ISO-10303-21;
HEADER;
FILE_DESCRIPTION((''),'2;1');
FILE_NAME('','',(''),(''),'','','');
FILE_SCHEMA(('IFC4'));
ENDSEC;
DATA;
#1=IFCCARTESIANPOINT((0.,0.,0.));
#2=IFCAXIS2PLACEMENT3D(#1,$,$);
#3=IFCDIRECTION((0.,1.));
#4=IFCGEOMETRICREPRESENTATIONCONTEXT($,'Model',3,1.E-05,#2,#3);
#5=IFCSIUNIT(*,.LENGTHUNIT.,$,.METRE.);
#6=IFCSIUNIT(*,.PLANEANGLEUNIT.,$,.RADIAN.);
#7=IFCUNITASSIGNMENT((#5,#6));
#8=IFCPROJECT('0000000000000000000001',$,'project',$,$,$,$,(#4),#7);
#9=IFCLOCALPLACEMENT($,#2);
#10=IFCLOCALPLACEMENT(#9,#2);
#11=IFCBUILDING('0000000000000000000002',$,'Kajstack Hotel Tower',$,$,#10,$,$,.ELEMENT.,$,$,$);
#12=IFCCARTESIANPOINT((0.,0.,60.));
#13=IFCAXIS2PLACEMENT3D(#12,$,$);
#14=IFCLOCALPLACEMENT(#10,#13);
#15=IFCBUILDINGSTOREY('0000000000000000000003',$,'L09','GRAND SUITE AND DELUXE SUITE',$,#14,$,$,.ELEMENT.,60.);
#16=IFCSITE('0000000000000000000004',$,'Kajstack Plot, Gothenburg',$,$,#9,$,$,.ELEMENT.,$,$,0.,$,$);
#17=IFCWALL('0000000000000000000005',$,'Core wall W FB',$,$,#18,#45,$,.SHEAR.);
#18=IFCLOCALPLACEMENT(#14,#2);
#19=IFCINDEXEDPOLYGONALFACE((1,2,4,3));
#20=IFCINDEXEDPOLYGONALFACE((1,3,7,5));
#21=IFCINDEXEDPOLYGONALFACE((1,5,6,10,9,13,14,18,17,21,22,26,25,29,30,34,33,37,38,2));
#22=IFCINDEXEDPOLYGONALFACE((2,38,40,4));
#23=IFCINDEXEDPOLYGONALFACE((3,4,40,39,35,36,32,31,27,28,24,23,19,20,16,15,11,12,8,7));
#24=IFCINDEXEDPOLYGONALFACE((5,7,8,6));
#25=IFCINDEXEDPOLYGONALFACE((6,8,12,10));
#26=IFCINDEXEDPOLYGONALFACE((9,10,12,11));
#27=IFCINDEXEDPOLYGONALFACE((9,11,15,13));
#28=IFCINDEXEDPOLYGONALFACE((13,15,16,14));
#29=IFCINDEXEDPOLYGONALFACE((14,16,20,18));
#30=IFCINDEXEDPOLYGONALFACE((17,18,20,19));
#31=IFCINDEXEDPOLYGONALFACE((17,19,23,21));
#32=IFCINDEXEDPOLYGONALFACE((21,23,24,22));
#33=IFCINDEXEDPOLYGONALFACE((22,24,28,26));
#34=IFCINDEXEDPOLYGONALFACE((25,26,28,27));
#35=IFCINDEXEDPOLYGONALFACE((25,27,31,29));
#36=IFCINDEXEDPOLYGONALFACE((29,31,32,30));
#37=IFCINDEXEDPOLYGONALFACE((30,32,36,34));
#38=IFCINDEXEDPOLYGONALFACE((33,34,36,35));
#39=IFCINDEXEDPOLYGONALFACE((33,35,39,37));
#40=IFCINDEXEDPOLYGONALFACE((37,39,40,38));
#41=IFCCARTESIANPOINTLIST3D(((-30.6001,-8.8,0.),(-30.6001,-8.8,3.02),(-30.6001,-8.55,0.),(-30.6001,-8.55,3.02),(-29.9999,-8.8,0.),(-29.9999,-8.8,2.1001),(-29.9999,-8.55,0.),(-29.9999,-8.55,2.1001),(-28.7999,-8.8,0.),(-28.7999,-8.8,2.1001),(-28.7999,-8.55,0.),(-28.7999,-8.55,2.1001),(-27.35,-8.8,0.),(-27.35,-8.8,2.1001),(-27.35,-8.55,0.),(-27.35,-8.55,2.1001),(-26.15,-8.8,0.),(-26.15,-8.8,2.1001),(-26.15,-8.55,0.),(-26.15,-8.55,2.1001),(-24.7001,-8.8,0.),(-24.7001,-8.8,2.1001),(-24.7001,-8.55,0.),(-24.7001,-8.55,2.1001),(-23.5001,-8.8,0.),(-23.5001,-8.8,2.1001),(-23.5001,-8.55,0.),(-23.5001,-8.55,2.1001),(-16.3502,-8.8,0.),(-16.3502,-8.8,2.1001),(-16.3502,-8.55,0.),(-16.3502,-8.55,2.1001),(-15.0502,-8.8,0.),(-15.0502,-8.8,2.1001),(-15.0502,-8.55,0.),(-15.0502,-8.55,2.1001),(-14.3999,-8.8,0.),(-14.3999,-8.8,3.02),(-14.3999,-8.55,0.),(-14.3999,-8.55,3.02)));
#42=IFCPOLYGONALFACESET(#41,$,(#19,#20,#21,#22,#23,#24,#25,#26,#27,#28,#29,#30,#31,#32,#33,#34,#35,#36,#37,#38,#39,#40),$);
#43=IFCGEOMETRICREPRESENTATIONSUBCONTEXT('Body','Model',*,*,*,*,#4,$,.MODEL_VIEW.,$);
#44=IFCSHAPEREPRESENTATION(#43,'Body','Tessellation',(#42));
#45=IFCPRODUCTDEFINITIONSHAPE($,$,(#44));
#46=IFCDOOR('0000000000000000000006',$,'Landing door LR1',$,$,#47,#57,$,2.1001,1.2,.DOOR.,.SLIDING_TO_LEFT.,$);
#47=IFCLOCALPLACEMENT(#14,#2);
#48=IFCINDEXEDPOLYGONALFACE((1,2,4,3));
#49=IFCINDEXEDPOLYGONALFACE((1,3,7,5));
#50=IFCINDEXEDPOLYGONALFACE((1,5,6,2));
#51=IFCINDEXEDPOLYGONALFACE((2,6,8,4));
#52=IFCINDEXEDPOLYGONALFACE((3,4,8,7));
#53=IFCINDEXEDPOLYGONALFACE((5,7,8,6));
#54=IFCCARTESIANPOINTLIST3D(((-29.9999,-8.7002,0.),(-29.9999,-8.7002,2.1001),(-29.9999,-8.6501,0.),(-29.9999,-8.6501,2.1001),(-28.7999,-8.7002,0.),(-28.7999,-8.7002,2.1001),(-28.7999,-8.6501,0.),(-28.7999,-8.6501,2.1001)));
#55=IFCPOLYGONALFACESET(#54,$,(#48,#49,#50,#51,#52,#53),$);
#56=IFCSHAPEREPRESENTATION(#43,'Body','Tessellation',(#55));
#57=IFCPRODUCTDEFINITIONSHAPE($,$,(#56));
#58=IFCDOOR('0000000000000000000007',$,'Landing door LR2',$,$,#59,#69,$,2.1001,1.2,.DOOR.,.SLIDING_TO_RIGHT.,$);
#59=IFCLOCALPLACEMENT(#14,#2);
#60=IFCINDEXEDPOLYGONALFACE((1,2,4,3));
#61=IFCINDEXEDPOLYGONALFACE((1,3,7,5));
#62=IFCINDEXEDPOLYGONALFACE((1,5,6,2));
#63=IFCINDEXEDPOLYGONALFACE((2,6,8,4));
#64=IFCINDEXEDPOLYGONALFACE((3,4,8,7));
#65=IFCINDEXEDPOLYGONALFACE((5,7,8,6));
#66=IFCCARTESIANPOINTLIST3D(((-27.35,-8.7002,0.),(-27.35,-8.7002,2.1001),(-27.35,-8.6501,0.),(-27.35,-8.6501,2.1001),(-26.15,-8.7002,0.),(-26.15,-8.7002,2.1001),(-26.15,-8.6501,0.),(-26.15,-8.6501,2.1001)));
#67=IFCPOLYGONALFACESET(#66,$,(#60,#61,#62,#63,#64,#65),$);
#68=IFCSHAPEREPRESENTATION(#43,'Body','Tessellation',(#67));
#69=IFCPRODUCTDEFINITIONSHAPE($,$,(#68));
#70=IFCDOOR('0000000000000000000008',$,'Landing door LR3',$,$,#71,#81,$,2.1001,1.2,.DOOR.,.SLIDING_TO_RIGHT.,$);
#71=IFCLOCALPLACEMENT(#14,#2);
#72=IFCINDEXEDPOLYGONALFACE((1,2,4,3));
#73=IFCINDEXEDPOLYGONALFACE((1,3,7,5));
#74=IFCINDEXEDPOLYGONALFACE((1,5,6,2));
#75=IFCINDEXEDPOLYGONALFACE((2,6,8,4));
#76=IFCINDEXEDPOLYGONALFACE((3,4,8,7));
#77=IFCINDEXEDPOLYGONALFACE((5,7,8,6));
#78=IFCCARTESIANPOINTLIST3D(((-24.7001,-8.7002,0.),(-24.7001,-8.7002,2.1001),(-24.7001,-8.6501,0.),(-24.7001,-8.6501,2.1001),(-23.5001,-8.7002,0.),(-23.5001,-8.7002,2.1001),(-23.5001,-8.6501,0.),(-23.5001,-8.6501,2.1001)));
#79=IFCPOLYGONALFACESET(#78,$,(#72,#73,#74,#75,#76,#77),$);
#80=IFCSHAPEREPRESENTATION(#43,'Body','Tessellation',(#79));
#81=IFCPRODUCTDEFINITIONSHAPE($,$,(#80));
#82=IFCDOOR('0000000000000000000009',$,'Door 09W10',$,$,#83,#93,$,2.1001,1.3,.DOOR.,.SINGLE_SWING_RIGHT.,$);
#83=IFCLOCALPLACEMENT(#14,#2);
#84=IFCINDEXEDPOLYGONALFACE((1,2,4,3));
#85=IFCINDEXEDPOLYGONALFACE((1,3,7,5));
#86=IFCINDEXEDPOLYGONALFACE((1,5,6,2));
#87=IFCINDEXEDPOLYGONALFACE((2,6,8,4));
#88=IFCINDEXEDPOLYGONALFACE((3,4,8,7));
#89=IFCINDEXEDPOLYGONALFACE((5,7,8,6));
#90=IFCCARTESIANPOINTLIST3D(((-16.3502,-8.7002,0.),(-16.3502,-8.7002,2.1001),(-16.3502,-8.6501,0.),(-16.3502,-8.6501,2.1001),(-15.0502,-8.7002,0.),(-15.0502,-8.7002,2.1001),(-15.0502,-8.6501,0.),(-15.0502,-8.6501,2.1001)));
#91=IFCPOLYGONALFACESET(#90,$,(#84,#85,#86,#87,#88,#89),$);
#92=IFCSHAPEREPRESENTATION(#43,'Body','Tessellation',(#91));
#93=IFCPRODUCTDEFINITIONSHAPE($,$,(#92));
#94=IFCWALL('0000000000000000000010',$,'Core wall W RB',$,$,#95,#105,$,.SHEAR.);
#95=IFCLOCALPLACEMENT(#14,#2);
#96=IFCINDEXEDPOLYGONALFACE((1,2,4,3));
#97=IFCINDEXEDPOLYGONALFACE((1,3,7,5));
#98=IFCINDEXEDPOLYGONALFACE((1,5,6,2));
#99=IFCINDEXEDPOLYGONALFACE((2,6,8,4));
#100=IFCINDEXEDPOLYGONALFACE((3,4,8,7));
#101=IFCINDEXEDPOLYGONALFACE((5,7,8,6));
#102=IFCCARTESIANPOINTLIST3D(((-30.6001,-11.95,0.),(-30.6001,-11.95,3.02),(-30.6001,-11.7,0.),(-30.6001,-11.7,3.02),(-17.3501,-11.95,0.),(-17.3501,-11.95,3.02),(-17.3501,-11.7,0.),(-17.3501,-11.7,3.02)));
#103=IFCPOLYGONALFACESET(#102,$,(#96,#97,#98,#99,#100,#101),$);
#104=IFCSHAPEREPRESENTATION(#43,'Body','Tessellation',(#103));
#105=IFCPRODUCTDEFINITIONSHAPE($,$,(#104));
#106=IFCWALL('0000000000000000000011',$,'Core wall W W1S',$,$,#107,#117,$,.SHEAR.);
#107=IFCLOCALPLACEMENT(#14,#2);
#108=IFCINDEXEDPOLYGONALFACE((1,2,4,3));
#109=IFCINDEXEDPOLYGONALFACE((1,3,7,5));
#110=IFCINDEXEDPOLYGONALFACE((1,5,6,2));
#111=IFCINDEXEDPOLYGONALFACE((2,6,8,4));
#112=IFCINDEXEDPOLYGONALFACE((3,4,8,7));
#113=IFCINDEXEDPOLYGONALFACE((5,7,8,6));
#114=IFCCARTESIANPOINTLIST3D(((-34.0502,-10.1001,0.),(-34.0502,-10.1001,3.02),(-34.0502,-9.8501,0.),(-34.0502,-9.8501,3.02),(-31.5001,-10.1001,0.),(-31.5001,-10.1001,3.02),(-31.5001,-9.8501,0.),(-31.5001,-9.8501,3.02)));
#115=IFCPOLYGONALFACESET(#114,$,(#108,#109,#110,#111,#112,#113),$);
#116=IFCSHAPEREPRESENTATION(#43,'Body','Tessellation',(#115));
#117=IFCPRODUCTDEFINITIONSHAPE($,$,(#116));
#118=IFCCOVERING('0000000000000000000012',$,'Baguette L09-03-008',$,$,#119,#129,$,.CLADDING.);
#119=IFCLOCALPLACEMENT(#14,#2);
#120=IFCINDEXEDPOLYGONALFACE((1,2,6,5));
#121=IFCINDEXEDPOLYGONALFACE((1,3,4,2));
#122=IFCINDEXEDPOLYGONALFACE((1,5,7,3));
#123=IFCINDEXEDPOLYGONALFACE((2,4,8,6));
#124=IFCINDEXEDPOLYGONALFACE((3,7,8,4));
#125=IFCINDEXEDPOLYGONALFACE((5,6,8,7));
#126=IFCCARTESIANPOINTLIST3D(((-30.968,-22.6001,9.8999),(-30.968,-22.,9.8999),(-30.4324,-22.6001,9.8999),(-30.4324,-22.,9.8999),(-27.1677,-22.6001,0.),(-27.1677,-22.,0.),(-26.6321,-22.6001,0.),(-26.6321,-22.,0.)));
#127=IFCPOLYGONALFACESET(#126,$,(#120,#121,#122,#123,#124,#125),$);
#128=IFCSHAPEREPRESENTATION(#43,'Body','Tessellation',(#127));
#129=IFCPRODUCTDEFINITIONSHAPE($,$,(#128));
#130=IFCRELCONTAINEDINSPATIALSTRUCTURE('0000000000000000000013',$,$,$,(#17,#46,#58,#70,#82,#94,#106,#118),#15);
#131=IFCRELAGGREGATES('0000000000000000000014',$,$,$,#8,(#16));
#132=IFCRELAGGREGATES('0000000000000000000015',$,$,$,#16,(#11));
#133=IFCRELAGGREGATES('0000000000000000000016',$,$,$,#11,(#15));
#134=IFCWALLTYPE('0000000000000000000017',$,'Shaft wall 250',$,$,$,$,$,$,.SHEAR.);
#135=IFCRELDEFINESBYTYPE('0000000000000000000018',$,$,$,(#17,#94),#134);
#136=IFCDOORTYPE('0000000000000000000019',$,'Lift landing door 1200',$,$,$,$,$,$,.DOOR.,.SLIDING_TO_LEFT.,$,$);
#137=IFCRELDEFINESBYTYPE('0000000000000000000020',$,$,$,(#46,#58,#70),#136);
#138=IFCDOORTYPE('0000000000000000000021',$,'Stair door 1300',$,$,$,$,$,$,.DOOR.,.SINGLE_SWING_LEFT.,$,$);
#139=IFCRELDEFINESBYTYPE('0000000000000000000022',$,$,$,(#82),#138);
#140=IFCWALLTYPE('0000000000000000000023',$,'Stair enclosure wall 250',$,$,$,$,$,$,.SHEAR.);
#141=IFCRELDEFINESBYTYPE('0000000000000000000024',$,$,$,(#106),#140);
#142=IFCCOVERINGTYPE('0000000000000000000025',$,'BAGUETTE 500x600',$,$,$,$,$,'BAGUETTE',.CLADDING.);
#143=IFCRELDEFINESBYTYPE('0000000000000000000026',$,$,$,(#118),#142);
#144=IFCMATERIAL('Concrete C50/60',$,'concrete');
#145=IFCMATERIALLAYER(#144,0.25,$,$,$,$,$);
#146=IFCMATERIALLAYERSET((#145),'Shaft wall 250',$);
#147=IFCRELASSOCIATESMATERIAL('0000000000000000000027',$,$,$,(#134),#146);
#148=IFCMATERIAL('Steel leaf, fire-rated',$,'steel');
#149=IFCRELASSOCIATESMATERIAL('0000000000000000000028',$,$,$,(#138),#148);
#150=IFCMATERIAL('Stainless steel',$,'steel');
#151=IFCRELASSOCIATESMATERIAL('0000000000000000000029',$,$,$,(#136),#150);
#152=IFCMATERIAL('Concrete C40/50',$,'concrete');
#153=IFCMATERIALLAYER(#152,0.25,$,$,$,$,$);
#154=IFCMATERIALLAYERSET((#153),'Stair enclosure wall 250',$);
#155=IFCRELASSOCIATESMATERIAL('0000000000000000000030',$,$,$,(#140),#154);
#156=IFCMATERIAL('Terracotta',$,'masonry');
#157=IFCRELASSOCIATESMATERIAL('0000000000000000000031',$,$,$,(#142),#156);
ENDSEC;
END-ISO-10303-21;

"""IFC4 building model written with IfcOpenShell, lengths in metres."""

from ifc_helpers import new_model, si_unit, direction, frame, frame_2d, origin, origin_2d, place, context, subcontext, project, spatial, polyline, rectangle, outline, extrude, material, layer, layer_set, material_profile, profile_set, type_object, element, fill, save


model = new_model("IFC4")

# Units and contexts
model_context = context("Model", 3, precision=1e-05, world=origin(), true_north=direction((0.0, 1.0)))
body_context = subcontext(model_context, "Body", "Model", "MODEL_VIEW")
ifc_project = project(units=[si_unit("LENGTHUNIT", "METRE"), si_unit("PLANEANGLEUNIT", "RADIAN")], contexts=[model_context])

# Site, building, storey
site_placement = place(None, origin())
site = spatial("IfcSite", under=ifc_project, at=site_placement, Name="Kajstack Plot, Gothenburg", CompositionType="ELEMENT", RefElevation=0.0)
building_placement = place(site_placement, origin())
building = spatial("IfcBuilding", under=site, at=building_placement, Name="Kajstack Hotel Tower", CompositionType="ELEMENT")
storey_placement = place(building_placement, frame((0.0, 0.0, 60.0)))
storey = spatial("IfcBuildingStorey", under=building, at=storey_placement, Name="L09", Description="GRAND SUITE AND DELUXE SUITE", CompositionType="ELEMENT", Elevation=60.0)

# Shared definitions
ifc_material_1 = material(Name="Stainless steel", Category="steel")

# Shared definitions
ifc_material_2 = material(Name="Concrete C40/50", Category="concrete")

# Shared definitions
ifc_material_3 = material(Name="Concrete C50/60", Category="concrete")
ifc_layer_1 = layer(ifc_material_3, 0.25)
ifc_layer_set_1 = layer_set([ifc_layer_1], Name="Shaft wall 250")
wall_type_1 = type_object("IfcWallType", Name="Shaft wall 250", PredefinedType="SHEAR", material=ifc_layer_set_1)
ifc_material_4 = material(Name="Steel leaf, fire-rated", Category="steel")
door_type_1 = type_object("IfcDoorType", Name="Stair door 1300", OperationType="SINGLE_SWING_LEFT", PredefinedType="DOOR", material=ifc_material_4)

# Wall, openings, doors
wall_1_placement = place(storey_placement, frame((-30.6001, -8.675, 0.0), z_axis=(0.0, 0.0, 1.0), x_axis=(1.0, 0.0, 0.0)))
wall_1 = element("IfcWall", 1, at=wall_1_placement, inside=storey, type_object=wall_type_1, Name="Core wall W FB", PredefinedType="SHEAR", context=body_context, shape_type="SweptSolid", body=[
    extrude(rectangle(XDim=16.2002, YDim=0.25, at=frame_2d((8.1001, 0.0))), origin(), (0.0, 0.0, 1.0), 3.02),
])
opening_1_placement = place(wall_1_placement, frame((0.6001, 0.0, 0.0)))
opening_1 = element("IfcOpeningElement", 2, at=opening_1_placement, cuts=wall_1, PredefinedType="OPENING", context=body_context, shape_type="SweptSolid", body=[
    extrude(rectangle(XDim=1.2, YDim=2.1001, at=frame_2d((0.6001, 1.05))), frame((0.0, 0.135, 0.0), z_axis=(0.0, -1.0, 0.0), x_axis=(1.0, 0.0, 0.0)), (0.0, 0.0, 1.0), 0.27),
])
opening_2_placement = place(wall_1_placement, frame((3.25, 0.0, 0.0)))
opening_2 = element("IfcOpeningElement", 3, at=opening_2_placement, cuts=wall_1, PredefinedType="OPENING", context=body_context, shape_type="SweptSolid", body=[
    extrude(rectangle(XDim=1.2, YDim=2.1001, at=frame_2d((0.6001, 1.05))), frame((0.0, 0.135, 0.0), z_axis=(0.0, -1.0, 0.0), x_axis=(1.0, 0.0, 0.0)), (0.0, 0.0, 1.0), 0.27),
])
opening_3_placement = place(wall_1_placement, frame((5.8999, 0.0, 0.0)))
opening_3 = element("IfcOpeningElement", 4, at=opening_3_placement, cuts=wall_1, PredefinedType="OPENING", context=body_context, shape_type="SweptSolid", body=[
    extrude(rectangle(XDim=1.2, YDim=2.1001, at=frame_2d((0.6001, 1.05))), frame((0.0, 0.135, 0.0), z_axis=(0.0, -1.0, 0.0), x_axis=(1.0, 0.0, 0.0)), (0.0, 0.0, 1.0), 0.27),
])
opening_4_placement = place(wall_1_placement, frame((14.25, 0.0, 0.0)))
opening_4 = element("IfcOpeningElement", 5, at=opening_4_placement, cuts=wall_1, PredefinedType="OPENING", context=body_context, shape_type="SweptSolid", body=[
    extrude(rectangle(XDim=1.3, YDim=2.1001, at=frame_2d((0.6499, 1.05))), frame((0.0, 0.135, 0.0), z_axis=(0.0, -1.0, 0.0), x_axis=(1.0, 0.0, 0.0)), (0.0, 0.0, 1.0), 0.27),
])
door_type_2 = type_object("IfcDoorType", Name="Lift landing door 1200", OperationType="SLIDING_TO_LEFT", PredefinedType="DOOR", material=ifc_material_1)
door_1_placement = place(opening_1_placement, origin())
door_1 = element("IfcDoor", 6, at=door_1_placement, inside=storey, type_object=door_type_2, Name="Landing door LR1", OperationType="SLIDING_TO_LEFT", OverallHeight=2.1001, OverallWidth=1.2, PredefinedType="DOOR", context=body_context, shape_type="SweptSolid", body=[
    extrude(rectangle(XDim=1.2, YDim=2.1001, at=frame_2d((0.6001, 1.05))), frame((0.0, 0.0249, 0.0), z_axis=(0.0, -1.0, 0.0), x_axis=(1.0, 0.0, 0.0)), (0.0, 0.0, 1.0), 0.05),
])
fill(opening_1, door_1)
door_2_placement = place(opening_2_placement, origin())
door_2 = element("IfcDoor", 7, at=door_2_placement, inside=storey, type_object=door_type_2, Name="Landing door LR2", OperationType="SLIDING_TO_RIGHT", OverallHeight=2.1001, OverallWidth=1.2, PredefinedType="DOOR", context=body_context, shape_type="SweptSolid", body=[
    extrude(rectangle(XDim=1.2, YDim=2.1001, at=frame_2d((0.6001, 1.05))), frame((0.0, 0.0249, 0.0), z_axis=(0.0, -1.0, 0.0), x_axis=(1.0, 0.0, 0.0)), (0.0, 0.0, 1.0), 0.05),
])
fill(opening_2, door_2)
door_3_placement = place(opening_3_placement, origin())
door_3 = element("IfcDoor", 8, at=door_3_placement, inside=storey, type_object=door_type_2, Name="Landing door LR3", OperationType="SLIDING_TO_RIGHT", OverallHeight=2.1001, OverallWidth=1.2, PredefinedType="DOOR", context=body_context, shape_type="SweptSolid", body=[
    extrude(rectangle(XDim=1.2, YDim=2.1001, at=frame_2d((0.6001, 1.05))), frame((0.0, 0.0249, 0.0), z_axis=(0.0, -1.0, 0.0), x_axis=(1.0, 0.0, 0.0)), (0.0, 0.0, 1.0), 0.05),
])
fill(opening_3, door_3)
door_4_placement = place(opening_4_placement, origin())
door_4 = element("IfcDoor", 9, at=door_4_placement, inside=storey, type_object=door_type_1, Name="Door 09W10", OperationType="SINGLE_SWING_RIGHT", OverallHeight=2.1001, OverallWidth=1.3, PredefinedType="DOOR", context=body_context, shape_type="SweptSolid", body=[
    extrude(rectangle(XDim=1.3, YDim=2.1001, at=frame_2d((0.6499, 1.05))), frame((0.0, 0.0249, 0.0), z_axis=(0.0, -1.0, 0.0), x_axis=(1.0, 0.0, 0.0)), (0.0, 0.0, 1.0), 0.05),
])
fill(opening_4, door_4)

# Walls
wall_2_placement = place(storey_placement, frame((-30.6001, -11.825, 0.0), z_axis=(0.0, 0.0, 1.0), x_axis=(1.0, 0.0, 0.0)))
element("IfcWall", 10, at=wall_2_placement, inside=storey, type_object=wall_type_1, Name="Core wall W RB", PredefinedType="SHEAR", context=body_context, shape_type="SweptSolid", body=[
    extrude(rectangle(XDim=13.25, YDim=0.25, at=frame_2d((6.625, 0.0))), origin(), (0.0, 0.0, 1.0), 3.02),
])
ifc_layer_2 = layer(ifc_material_2, 0.25)
ifc_layer_set_2 = layer_set([ifc_layer_2], Name="Stair enclosure wall 250")
wall_type_2 = type_object("IfcWallType", Name="Stair enclosure wall 250", PredefinedType="SHEAR", material=ifc_layer_set_2)
wall_3_placement = place(storey_placement, frame((-34.05, -9.9751, 0.0), z_axis=(0.0, 0.0, 1.0), x_axis=(1.0, 0.0, 0.0)))
element("IfcWall", 11, at=wall_3_placement, inside=storey, type_object=wall_type_2, Name="Core wall W W1S", PredefinedType="SHEAR", context=body_context, shape_type="SweptSolid", body=[
    extrude(rectangle(XDim=2.55, YDim=0.25, at=frame_2d((1.2749, 0.0))), origin(), (0.0, 0.0, 1.0), 3.02),
])

# Covering
ifc_material_5 = material(Name="Terracotta", Category="masonry")
ifc_material_profile = material_profile(ifc_material_5, rectangle(XDim=0.6001, YDim=0.5, at=origin_2d()), Name="Terracotta-clad concrete baguette 500 x 600")
ifc_profile_set = profile_set([ifc_material_profile], Name="Terracotta")
covering_type = type_object("IfcCoveringType", Name="BAGUETTE 500x600", ElementType="BAGUETTE", PredefinedType="CLADDING", material=ifc_profile_set)
covering_placement = place(storey_placement, frame((-30.968, -22.0, 0.0), z_axis=(0.0, -1.0, 0.0), x_axis=(1.0, 0.0, 0.0)))
element("IfcCovering", 12, at=covering_placement, inside=storey, type_object=covering_type, Name="Baguette L09-03-008", PredefinedType="CLADDING", context=body_context, shape_type="SweptSolid", body=[
    extrude(outline(polyline([(0.0, 9.8999), (3.8003, 0.0), (4.3359, 0.0), (0.5356, 9.8999), (0.0, 9.8999)])), origin(), (0.0, 0.0, 1.0), 0.6001),
])

save(model, "model.ifc")
